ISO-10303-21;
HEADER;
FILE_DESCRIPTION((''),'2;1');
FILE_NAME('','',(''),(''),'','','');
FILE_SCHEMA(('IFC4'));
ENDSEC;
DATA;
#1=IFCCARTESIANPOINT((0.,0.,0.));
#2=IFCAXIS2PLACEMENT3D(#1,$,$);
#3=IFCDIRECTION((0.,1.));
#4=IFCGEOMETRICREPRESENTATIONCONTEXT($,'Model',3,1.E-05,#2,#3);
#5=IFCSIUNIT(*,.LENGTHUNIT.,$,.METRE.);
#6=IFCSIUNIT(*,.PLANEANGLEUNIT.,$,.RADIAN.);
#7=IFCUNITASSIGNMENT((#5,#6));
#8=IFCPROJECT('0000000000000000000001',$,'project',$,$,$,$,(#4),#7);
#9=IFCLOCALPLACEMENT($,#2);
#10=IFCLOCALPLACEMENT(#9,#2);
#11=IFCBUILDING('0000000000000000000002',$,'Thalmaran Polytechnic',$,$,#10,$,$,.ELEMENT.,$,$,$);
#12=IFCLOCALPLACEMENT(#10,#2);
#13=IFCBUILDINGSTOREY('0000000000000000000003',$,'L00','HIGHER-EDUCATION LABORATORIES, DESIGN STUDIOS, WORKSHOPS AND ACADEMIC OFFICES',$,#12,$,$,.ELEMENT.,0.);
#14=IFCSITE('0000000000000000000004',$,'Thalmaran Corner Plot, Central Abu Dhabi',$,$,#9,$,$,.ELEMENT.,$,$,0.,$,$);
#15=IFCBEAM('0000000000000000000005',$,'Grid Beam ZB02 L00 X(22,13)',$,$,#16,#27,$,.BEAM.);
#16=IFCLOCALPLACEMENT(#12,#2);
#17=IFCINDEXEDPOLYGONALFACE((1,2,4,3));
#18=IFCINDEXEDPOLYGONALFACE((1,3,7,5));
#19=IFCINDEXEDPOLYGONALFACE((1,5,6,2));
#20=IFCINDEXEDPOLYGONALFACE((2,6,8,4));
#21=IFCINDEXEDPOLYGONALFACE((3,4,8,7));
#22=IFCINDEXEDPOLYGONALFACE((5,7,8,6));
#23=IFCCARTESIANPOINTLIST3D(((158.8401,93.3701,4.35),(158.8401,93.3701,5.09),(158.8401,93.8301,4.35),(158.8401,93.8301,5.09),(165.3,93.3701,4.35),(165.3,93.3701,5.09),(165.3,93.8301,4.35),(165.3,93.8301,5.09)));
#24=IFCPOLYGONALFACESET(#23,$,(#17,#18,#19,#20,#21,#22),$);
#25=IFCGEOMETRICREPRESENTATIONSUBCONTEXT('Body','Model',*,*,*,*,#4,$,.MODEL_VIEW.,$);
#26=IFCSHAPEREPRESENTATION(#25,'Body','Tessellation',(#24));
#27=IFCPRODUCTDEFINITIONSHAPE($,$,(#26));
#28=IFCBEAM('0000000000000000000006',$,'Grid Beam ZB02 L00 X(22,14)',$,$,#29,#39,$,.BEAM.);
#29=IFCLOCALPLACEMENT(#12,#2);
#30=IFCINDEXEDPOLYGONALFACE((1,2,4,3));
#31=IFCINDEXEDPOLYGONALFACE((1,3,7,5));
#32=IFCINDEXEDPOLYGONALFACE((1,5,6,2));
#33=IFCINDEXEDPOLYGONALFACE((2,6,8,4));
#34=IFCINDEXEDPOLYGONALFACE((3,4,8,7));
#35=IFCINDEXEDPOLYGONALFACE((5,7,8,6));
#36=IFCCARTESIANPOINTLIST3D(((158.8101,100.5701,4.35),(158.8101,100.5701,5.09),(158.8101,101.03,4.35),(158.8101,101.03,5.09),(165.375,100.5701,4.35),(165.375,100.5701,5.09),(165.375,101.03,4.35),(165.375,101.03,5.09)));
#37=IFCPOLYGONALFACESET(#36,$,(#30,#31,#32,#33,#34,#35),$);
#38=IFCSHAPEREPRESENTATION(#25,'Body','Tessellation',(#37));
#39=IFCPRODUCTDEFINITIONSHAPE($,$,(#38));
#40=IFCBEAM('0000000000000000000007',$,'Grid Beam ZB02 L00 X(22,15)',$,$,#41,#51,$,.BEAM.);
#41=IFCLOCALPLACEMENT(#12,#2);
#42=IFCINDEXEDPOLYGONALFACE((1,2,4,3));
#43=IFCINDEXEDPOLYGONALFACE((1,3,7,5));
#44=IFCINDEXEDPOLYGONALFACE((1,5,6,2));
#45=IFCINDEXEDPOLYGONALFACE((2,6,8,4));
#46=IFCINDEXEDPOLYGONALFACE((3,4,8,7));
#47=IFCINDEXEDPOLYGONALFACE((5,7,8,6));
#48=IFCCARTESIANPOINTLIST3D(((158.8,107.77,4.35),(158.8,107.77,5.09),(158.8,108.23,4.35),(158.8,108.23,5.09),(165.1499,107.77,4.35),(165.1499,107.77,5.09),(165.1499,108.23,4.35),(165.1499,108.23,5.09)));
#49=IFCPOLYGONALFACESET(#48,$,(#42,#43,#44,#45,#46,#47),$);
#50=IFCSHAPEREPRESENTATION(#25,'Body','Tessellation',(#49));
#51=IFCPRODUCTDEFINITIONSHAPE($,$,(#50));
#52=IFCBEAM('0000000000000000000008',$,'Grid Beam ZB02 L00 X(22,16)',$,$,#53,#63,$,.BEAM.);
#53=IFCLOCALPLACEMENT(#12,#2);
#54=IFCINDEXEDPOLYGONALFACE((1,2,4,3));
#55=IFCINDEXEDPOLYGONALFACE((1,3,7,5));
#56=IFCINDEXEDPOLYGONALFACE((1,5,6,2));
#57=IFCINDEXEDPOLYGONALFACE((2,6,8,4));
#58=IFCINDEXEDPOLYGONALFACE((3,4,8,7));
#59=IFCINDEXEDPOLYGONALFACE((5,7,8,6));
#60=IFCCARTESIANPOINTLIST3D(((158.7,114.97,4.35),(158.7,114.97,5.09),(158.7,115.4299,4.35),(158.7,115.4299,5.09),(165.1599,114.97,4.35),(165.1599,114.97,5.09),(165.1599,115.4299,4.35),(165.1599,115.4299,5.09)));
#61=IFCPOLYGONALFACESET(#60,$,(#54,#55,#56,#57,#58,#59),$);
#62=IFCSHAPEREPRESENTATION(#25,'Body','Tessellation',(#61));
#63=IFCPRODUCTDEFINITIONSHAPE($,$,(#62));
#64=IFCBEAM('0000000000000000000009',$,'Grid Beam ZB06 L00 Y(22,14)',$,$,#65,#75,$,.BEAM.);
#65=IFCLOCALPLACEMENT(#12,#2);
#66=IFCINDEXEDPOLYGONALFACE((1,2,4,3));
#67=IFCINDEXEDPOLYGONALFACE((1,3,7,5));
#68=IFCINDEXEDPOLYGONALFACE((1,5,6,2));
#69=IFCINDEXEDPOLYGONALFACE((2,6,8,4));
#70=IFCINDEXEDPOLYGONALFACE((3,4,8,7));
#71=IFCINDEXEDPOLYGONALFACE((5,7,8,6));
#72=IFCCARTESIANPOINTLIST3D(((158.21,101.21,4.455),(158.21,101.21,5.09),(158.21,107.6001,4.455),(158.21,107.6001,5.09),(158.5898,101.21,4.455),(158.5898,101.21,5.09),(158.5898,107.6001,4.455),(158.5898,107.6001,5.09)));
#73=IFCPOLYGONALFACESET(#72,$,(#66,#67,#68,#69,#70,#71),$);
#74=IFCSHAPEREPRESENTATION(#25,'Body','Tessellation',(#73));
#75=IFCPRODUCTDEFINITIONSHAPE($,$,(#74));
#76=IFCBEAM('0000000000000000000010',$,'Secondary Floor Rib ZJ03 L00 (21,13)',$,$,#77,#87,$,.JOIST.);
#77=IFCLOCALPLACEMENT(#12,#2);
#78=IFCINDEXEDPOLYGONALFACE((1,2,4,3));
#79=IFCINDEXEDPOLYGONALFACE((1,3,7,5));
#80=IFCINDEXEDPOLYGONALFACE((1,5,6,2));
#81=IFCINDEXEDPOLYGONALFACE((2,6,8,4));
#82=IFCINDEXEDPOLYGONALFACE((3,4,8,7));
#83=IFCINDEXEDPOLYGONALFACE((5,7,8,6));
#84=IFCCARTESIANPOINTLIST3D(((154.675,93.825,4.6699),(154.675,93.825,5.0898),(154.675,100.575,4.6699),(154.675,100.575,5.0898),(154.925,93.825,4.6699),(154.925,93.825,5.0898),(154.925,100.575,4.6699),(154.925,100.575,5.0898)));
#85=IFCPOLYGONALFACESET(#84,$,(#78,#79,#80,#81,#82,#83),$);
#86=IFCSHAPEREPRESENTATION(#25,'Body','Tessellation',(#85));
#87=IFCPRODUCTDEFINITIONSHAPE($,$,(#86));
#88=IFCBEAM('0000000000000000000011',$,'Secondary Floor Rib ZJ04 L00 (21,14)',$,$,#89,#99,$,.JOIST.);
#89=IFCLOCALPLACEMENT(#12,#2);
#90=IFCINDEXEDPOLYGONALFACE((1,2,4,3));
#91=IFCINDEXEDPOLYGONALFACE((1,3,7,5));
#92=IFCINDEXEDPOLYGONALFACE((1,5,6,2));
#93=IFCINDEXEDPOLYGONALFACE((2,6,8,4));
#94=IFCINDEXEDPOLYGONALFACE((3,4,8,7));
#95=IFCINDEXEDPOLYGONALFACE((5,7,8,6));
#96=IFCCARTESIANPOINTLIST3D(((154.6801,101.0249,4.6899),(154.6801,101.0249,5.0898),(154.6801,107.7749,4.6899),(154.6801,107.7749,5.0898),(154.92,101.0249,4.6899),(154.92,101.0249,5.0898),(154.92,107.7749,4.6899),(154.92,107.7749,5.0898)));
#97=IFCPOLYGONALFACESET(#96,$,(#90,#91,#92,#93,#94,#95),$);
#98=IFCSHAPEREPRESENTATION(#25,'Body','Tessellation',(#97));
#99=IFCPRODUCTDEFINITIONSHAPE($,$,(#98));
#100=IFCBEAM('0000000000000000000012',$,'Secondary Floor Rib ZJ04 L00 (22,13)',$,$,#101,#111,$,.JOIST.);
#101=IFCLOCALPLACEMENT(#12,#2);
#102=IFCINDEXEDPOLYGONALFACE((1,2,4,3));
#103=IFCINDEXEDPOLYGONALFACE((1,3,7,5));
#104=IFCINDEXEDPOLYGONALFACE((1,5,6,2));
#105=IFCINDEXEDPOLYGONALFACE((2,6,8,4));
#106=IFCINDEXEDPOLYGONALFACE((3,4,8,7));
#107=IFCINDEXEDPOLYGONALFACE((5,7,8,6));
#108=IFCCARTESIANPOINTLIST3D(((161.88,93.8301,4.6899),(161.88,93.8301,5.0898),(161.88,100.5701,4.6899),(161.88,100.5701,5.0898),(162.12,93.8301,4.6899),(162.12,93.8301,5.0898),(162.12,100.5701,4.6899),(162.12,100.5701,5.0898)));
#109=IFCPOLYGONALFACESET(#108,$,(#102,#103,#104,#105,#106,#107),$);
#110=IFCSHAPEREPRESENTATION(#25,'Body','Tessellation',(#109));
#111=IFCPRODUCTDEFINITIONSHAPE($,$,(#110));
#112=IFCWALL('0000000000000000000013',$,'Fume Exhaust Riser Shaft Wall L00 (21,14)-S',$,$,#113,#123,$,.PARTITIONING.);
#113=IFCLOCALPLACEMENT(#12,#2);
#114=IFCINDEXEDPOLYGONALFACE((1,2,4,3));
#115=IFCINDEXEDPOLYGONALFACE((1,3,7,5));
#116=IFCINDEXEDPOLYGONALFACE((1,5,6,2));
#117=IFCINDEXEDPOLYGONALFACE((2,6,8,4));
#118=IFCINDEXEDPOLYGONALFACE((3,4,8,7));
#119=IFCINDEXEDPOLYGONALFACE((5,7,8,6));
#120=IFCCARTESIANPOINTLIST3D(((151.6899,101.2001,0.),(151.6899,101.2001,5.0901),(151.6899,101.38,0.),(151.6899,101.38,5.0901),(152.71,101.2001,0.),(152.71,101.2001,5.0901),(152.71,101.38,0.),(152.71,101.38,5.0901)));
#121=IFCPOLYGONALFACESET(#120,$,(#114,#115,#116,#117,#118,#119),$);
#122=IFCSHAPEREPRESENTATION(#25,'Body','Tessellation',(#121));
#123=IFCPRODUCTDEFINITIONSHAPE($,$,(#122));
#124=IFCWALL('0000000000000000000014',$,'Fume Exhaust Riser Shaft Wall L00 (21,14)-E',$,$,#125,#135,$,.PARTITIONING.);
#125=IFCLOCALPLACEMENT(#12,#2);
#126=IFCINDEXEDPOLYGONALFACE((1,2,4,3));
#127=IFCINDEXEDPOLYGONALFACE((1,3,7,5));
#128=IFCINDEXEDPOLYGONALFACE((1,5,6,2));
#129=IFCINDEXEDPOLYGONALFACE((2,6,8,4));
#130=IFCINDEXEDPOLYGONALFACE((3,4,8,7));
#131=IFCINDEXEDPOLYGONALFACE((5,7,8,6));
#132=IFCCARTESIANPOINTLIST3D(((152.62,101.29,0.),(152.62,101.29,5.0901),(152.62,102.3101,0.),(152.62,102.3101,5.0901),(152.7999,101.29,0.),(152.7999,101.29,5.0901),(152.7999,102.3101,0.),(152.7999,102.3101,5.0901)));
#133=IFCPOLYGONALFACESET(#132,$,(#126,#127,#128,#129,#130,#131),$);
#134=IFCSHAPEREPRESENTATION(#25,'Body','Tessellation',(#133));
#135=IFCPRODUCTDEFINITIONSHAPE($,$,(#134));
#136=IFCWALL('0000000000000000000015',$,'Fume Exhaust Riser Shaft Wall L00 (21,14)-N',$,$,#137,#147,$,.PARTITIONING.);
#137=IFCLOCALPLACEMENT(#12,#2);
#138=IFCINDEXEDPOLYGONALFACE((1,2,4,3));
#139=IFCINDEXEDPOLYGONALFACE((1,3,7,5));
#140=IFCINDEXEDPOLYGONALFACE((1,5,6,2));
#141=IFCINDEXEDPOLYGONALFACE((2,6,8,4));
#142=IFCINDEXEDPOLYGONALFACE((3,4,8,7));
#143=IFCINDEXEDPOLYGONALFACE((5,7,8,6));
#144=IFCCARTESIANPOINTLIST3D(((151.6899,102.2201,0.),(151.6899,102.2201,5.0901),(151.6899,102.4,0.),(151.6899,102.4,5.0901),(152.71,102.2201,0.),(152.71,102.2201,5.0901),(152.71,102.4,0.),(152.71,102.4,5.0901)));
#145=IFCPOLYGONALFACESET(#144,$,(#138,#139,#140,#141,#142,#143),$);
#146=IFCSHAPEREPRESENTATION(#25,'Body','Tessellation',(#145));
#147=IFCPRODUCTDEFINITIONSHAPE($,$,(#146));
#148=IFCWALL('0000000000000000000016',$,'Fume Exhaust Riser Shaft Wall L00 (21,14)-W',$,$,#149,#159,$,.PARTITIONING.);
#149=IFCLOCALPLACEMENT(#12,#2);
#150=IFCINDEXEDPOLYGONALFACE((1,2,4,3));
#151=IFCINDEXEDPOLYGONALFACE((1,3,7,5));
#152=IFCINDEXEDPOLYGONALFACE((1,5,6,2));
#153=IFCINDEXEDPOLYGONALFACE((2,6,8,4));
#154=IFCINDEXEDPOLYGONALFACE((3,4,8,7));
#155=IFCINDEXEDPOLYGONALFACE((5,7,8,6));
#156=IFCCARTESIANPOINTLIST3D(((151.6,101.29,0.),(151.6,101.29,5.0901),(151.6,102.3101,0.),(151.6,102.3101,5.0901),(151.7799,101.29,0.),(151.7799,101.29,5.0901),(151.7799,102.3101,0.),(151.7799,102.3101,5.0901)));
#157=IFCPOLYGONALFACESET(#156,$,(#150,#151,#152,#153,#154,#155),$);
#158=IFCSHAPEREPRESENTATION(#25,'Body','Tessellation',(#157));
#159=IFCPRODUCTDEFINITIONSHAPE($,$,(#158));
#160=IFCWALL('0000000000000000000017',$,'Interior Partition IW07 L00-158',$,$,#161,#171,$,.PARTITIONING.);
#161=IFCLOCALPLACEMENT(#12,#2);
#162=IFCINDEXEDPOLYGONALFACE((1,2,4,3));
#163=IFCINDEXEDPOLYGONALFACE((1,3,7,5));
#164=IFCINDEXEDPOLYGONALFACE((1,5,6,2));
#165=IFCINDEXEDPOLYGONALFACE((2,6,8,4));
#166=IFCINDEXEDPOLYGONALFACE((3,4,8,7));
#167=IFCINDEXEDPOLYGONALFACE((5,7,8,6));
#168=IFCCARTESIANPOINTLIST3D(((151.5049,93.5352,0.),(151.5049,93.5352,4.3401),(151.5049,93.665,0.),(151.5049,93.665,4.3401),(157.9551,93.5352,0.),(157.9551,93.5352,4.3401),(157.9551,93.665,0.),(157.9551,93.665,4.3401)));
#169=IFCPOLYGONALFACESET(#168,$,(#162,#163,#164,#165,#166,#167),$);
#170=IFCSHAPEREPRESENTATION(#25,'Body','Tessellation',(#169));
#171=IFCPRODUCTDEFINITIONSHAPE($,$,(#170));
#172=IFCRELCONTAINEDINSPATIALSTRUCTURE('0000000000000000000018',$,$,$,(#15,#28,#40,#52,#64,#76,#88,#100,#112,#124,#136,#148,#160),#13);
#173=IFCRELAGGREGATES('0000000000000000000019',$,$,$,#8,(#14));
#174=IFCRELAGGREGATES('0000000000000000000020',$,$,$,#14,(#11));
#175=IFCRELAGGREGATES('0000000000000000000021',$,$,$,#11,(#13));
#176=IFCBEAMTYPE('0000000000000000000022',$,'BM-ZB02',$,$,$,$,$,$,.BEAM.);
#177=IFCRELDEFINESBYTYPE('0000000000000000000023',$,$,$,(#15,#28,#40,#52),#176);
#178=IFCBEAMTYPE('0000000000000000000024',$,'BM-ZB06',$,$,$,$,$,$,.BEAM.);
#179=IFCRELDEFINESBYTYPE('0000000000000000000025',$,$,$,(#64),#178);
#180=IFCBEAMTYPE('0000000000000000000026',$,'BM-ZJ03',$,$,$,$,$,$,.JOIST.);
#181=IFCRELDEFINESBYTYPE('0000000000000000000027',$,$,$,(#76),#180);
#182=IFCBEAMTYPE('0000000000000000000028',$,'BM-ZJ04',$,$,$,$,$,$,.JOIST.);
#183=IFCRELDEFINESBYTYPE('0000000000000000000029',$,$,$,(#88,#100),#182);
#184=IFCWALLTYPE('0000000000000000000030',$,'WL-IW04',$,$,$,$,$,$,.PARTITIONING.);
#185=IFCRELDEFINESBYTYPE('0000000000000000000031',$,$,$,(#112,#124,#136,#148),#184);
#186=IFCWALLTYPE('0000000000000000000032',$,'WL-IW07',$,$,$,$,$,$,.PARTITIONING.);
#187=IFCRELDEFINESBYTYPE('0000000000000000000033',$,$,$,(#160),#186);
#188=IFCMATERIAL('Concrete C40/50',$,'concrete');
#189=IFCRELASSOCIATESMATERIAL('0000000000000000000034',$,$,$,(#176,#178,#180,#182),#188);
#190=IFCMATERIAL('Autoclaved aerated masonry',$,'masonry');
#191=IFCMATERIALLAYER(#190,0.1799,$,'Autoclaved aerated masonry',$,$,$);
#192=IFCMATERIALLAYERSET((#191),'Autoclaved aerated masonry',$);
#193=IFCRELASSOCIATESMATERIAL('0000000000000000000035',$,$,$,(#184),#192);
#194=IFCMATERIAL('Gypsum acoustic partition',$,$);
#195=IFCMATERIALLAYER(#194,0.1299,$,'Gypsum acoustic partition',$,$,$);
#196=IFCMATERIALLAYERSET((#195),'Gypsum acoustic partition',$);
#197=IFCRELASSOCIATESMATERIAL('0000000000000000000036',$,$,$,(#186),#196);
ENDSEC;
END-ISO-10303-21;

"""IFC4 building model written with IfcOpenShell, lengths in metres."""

from ifc_helpers import new_model, si_unit, direction, frame, frame_2d, origin, origin_2d, place, context, subcontext, project, spatial, rectangle, extrude, material, layer, layer_set, material_profile, profile_set, type_object, element, save


model = new_model("IFC4")

# Units and contexts
model_context = context("Model", 3, precision=1e-05, world=origin(), true_north=direction((0.0, 1.0)))
body_context = subcontext(model_context, "Body", "Model", "MODEL_VIEW")
ifc_project = project(units=[si_unit("LENGTHUNIT", "METRE"), si_unit("PLANEANGLEUNIT", "RADIAN")], contexts=[model_context])

# Site, building, storey
site_placement = place(None, origin())
site = spatial("IfcSite", under=ifc_project, at=site_placement, Name="Thalmaran Corner Plot, Central Abu Dhabi", CompositionType="ELEMENT", RefElevation=0.0)
building_placement = place(site_placement, origin())
building = spatial("IfcBuilding", under=site, at=building_placement, Name="Thalmaran Polytechnic", CompositionType="ELEMENT")
storey_placement = place(building_placement, origin())
storey = spatial("IfcBuildingStorey", under=building, at=storey_placement, Name="L00", Description="HIGHER-EDUCATION LABORATORIES, DESIGN STUDIOS, WORKSHOPS AND ACADEMIC OFFICES", CompositionType="ELEMENT", Elevation=0.0)

# Beams
ifc_material_1 = material(Name="Concrete C40/50", Category="concrete")
ifc_material_profile_1 = material_profile(ifc_material_1, rectangle(XDim=0.46, YDim=0.74, at=origin_2d()), Name="RC 460x740")
ifc_profile_set_1 = profile_set([ifc_material_profile_1], Name="Concrete C40/50")
beam_type_1 = type_object("IfcBeamType", Name="BM-ZB02", PredefinedType="BEAM", material=ifc_profile_set_1)
beam_1_placement = place(storey_placement, frame((158.8401, 93.6001, 4.72), z_axis=(1.0, 0.0, 0.0), x_axis=(0.0, 1.0, 0.0)))
element("IfcBeam", 1, at=beam_1_placement, inside=storey, type_object=beam_type_1, Name="Grid Beam ZB02 L00 X(22,13)", PredefinedType="BEAM", context=body_context, shape_type="SweptSolid", body=[
    extrude(rectangle(XDim=0.46, YDim=0.74, at=origin_2d()), origin(), (0.0, 0.0, 1.0), 6.46),
])
beam_2_placement = place(storey_placement, frame((158.8101, 100.8, 4.72), z_axis=(1.0, 0.0, 0.0), x_axis=(0.0, 1.0, 0.0)))
element("IfcBeam", 2, at=beam_2_placement, inside=storey, type_object=beam_type_1, Name="Grid Beam ZB02 L00 X(22,14)", PredefinedType="BEAM", context=body_context, shape_type="SweptSolid", body=[
    extrude(rectangle(XDim=0.46, YDim=0.74, at=origin_2d()), origin(), (0.0, 0.0, 1.0), 6.5649),
])
beam_3_placement = place(storey_placement, frame((158.8, 108.0, 4.72), z_axis=(1.0, 0.0, 0.0), x_axis=(0.0, 1.0, 0.0)))
element("IfcBeam", 3, at=beam_3_placement, inside=storey, type_object=beam_type_1, Name="Grid Beam ZB02 L00 X(22,15)", PredefinedType="BEAM", context=body_context, shape_type="SweptSolid", body=[
    extrude(rectangle(XDim=0.46, YDim=0.74, at=origin_2d()), origin(), (0.0, 0.0, 1.0), 6.3499),
])
beam_4_placement = place(storey_placement, frame((158.7, 115.2, 4.72), z_axis=(1.0, 0.0, 0.0), x_axis=(0.0, 1.0, 0.0)))
element("IfcBeam", 4, at=beam_4_placement, inside=storey, type_object=beam_type_1, Name="Grid Beam ZB02 L00 X(22,16)", PredefinedType="BEAM", context=body_context, shape_type="SweptSolid", body=[
    extrude(rectangle(XDim=0.46, YDim=0.74, at=origin_2d()), origin(), (0.0, 0.0, 1.0), 6.46),
])
ifc_material_profile_2 = material_profile(ifc_material_1, rectangle(XDim=0.3799, YDim=0.635, at=origin_2d()), Name="RC 380x635")
ifc_profile_set_2 = profile_set([ifc_material_profile_2], Name="Concrete C40/50")
beam_type_2 = type_object("IfcBeamType", Name="BM-ZB06", PredefinedType="BEAM", material=ifc_profile_set_2)
beam_5_placement = place(storey_placement, frame((158.3999, 101.21, 4.7725), z_axis=(0.0, 1.0, 0.0), x_axis=(-1.0, 0.0, 0.0)))
element("IfcBeam", 5, at=beam_5_placement, inside=storey, type_object=beam_type_2, Name="Grid Beam ZB06 L00 Y(22,14)", PredefinedType="BEAM", context=body_context, shape_type="SweptSolid", body=[
    extrude(rectangle(XDim=0.3799, YDim=0.635, at=origin_2d()), origin(), (0.0, 0.0, 1.0), 6.3901),
])
ifc_material_profile_3 = material_profile(ifc_material_1, rectangle(XDim=0.25, YDim=0.4199, at=origin_2d()), Name="RC 250x420")
ifc_profile_set_3 = profile_set([ifc_material_profile_3], Name="Concrete C40/50")
beam_type_3 = type_object("IfcBeamType", Name="BM-ZJ03", PredefinedType="JOIST", material=ifc_profile_set_3)
beam_6_placement = place(storey_placement, frame((154.8, 93.825, 4.8799), z_axis=(0.0, 1.0, 0.0), x_axis=(-1.0, 0.0, 0.0)))
element("IfcBeam", 6, at=beam_6_placement, inside=storey, type_object=beam_type_3, Name="Secondary Floor Rib ZJ03 L00 (21,13)", PredefinedType="JOIST", context=body_context, shape_type="SweptSolid", body=[
    extrude(rectangle(XDim=0.25, YDim=0.4199, at=origin_2d()), origin(), (0.0, 0.0, 1.0), 6.75),
])
ifc_material_profile_4 = material_profile(ifc_material_1, rectangle(XDim=0.24, YDim=0.3999, at=origin_2d()), Name="RC 240x400")
ifc_profile_set_4 = profile_set([ifc_material_profile_4], Name="Concrete C40/50")
beam_type_4 = type_object("IfcBeamType", Name="BM-ZJ04", PredefinedType="JOIST", material=ifc_profile_set_4)
beam_7_placement = place(storey_placement, frame((154.8, 101.0249, 4.8899), z_axis=(0.0, 1.0, 0.0), x_axis=(-1.0, 0.0, 0.0)))
element("IfcBeam", 7, at=beam_7_placement, inside=storey, type_object=beam_type_4, Name="Secondary Floor Rib ZJ04 L00 (21,14)", PredefinedType="JOIST", context=body_context, shape_type="SweptSolid", body=[
    extrude(rectangle(XDim=0.24, YDim=0.3999, at=origin_2d()), origin(), (0.0, 0.0, 1.0), 6.75),
])
beam_8_placement = place(storey_placement, frame((162.0, 93.8301, 4.8899), z_axis=(0.0, 1.0, 0.0), x_axis=(-1.0, 0.0, 0.0)))
element("IfcBeam", 8, at=beam_8_placement, inside=storey, type_object=beam_type_4, Name="Secondary Floor Rib ZJ04 L00 (22,13)", PredefinedType="JOIST", context=body_context, shape_type="SweptSolid", body=[
    extrude(rectangle(XDim=0.24, YDim=0.3999, at=origin_2d()), origin(), (0.0, 0.0, 1.0), 6.74),
])

# Walls
ifc_material_2 = material(Name="Autoclaved aerated masonry", Category="masonry")
ifc_layer_1 = layer(ifc_material_2, 0.1799, Name="Autoclaved aerated masonry")
ifc_layer_set_1 = layer_set([ifc_layer_1], Name="Autoclaved aerated masonry")
wall_type_1 = type_object("IfcWallType", Name="WL-IW04", PredefinedType="PARTITIONING", material=ifc_layer_set_1)
for number, where, z_axis, x_axis, name in (
    (9, (151.6899, 101.29, 0.0), (0.0, 0.0, 1.0), (1.0, 0.0, 0.0), "Fume Exhaust Riser Shaft Wall L00 (21,14)-S"),
    (10, (152.71, 101.29, 0.0), (0.0, 0.0, 1.0), (0.0, 1.0, 0.0), "Fume Exhaust Riser Shaft Wall L00 (21,14)-E"),
    (11, (152.71, 102.3101, 0.0), (0.0, 0.0, 1.0), (-1.0, 0.0, 0.0), "Fume Exhaust Riser Shaft Wall L00 (21,14)-N"),
    (12, (151.6899, 102.3101, 0.0), (0.0, 0.0, 1.0), (0.0, -1.0, 0.0), "Fume Exhaust Riser Shaft Wall L00 (21,14)-W"),
):
    element("IfcWall", number, at=place(storey_placement, frame(where, z_axis=z_axis, x_axis=x_axis)), inside=storey, type_object=wall_type_1, Name=name, PredefinedType="PARTITIONING", context=body_context, shape_type="SweptSolid", body=[
        extrude(rectangle(XDim=1.02, YDim=0.1799, at=frame_2d((0.51, 0.0))), origin(), (0.0, 0.0, 1.0), 5.0901),
    ])
ifc_material_3 = material(Name="Gypsum acoustic partition")
ifc_layer_2 = layer(ifc_material_3, 0.1299, Name="Gypsum acoustic partition")
ifc_layer_set_2 = layer_set([ifc_layer_2], Name="Gypsum acoustic partition")
wall_type_2 = type_object("IfcWallType", Name="WL-IW07", PredefinedType="PARTITIONING", material=ifc_layer_set_2)
wall_1_placement = place(storey_placement, frame((151.5049, 93.6001, 0.0), z_axis=(0.0, 0.0, 1.0), x_axis=(1.0, 0.0, 0.0)))
element("IfcWall", 13, at=wall_1_placement, inside=storey, type_object=wall_type_2, Name="Interior Partition IW07 L00-158", PredefinedType="PARTITIONING", context=body_context, shape_type="SweptSolid", body=[
    extrude(rectangle(XDim=6.4502, YDim=0.1299, at=frame_2d((3.2251, 0.0))), origin(), (0.0, 0.0, 1.0), 4.3401),
])

save(model, "model.ifc")
